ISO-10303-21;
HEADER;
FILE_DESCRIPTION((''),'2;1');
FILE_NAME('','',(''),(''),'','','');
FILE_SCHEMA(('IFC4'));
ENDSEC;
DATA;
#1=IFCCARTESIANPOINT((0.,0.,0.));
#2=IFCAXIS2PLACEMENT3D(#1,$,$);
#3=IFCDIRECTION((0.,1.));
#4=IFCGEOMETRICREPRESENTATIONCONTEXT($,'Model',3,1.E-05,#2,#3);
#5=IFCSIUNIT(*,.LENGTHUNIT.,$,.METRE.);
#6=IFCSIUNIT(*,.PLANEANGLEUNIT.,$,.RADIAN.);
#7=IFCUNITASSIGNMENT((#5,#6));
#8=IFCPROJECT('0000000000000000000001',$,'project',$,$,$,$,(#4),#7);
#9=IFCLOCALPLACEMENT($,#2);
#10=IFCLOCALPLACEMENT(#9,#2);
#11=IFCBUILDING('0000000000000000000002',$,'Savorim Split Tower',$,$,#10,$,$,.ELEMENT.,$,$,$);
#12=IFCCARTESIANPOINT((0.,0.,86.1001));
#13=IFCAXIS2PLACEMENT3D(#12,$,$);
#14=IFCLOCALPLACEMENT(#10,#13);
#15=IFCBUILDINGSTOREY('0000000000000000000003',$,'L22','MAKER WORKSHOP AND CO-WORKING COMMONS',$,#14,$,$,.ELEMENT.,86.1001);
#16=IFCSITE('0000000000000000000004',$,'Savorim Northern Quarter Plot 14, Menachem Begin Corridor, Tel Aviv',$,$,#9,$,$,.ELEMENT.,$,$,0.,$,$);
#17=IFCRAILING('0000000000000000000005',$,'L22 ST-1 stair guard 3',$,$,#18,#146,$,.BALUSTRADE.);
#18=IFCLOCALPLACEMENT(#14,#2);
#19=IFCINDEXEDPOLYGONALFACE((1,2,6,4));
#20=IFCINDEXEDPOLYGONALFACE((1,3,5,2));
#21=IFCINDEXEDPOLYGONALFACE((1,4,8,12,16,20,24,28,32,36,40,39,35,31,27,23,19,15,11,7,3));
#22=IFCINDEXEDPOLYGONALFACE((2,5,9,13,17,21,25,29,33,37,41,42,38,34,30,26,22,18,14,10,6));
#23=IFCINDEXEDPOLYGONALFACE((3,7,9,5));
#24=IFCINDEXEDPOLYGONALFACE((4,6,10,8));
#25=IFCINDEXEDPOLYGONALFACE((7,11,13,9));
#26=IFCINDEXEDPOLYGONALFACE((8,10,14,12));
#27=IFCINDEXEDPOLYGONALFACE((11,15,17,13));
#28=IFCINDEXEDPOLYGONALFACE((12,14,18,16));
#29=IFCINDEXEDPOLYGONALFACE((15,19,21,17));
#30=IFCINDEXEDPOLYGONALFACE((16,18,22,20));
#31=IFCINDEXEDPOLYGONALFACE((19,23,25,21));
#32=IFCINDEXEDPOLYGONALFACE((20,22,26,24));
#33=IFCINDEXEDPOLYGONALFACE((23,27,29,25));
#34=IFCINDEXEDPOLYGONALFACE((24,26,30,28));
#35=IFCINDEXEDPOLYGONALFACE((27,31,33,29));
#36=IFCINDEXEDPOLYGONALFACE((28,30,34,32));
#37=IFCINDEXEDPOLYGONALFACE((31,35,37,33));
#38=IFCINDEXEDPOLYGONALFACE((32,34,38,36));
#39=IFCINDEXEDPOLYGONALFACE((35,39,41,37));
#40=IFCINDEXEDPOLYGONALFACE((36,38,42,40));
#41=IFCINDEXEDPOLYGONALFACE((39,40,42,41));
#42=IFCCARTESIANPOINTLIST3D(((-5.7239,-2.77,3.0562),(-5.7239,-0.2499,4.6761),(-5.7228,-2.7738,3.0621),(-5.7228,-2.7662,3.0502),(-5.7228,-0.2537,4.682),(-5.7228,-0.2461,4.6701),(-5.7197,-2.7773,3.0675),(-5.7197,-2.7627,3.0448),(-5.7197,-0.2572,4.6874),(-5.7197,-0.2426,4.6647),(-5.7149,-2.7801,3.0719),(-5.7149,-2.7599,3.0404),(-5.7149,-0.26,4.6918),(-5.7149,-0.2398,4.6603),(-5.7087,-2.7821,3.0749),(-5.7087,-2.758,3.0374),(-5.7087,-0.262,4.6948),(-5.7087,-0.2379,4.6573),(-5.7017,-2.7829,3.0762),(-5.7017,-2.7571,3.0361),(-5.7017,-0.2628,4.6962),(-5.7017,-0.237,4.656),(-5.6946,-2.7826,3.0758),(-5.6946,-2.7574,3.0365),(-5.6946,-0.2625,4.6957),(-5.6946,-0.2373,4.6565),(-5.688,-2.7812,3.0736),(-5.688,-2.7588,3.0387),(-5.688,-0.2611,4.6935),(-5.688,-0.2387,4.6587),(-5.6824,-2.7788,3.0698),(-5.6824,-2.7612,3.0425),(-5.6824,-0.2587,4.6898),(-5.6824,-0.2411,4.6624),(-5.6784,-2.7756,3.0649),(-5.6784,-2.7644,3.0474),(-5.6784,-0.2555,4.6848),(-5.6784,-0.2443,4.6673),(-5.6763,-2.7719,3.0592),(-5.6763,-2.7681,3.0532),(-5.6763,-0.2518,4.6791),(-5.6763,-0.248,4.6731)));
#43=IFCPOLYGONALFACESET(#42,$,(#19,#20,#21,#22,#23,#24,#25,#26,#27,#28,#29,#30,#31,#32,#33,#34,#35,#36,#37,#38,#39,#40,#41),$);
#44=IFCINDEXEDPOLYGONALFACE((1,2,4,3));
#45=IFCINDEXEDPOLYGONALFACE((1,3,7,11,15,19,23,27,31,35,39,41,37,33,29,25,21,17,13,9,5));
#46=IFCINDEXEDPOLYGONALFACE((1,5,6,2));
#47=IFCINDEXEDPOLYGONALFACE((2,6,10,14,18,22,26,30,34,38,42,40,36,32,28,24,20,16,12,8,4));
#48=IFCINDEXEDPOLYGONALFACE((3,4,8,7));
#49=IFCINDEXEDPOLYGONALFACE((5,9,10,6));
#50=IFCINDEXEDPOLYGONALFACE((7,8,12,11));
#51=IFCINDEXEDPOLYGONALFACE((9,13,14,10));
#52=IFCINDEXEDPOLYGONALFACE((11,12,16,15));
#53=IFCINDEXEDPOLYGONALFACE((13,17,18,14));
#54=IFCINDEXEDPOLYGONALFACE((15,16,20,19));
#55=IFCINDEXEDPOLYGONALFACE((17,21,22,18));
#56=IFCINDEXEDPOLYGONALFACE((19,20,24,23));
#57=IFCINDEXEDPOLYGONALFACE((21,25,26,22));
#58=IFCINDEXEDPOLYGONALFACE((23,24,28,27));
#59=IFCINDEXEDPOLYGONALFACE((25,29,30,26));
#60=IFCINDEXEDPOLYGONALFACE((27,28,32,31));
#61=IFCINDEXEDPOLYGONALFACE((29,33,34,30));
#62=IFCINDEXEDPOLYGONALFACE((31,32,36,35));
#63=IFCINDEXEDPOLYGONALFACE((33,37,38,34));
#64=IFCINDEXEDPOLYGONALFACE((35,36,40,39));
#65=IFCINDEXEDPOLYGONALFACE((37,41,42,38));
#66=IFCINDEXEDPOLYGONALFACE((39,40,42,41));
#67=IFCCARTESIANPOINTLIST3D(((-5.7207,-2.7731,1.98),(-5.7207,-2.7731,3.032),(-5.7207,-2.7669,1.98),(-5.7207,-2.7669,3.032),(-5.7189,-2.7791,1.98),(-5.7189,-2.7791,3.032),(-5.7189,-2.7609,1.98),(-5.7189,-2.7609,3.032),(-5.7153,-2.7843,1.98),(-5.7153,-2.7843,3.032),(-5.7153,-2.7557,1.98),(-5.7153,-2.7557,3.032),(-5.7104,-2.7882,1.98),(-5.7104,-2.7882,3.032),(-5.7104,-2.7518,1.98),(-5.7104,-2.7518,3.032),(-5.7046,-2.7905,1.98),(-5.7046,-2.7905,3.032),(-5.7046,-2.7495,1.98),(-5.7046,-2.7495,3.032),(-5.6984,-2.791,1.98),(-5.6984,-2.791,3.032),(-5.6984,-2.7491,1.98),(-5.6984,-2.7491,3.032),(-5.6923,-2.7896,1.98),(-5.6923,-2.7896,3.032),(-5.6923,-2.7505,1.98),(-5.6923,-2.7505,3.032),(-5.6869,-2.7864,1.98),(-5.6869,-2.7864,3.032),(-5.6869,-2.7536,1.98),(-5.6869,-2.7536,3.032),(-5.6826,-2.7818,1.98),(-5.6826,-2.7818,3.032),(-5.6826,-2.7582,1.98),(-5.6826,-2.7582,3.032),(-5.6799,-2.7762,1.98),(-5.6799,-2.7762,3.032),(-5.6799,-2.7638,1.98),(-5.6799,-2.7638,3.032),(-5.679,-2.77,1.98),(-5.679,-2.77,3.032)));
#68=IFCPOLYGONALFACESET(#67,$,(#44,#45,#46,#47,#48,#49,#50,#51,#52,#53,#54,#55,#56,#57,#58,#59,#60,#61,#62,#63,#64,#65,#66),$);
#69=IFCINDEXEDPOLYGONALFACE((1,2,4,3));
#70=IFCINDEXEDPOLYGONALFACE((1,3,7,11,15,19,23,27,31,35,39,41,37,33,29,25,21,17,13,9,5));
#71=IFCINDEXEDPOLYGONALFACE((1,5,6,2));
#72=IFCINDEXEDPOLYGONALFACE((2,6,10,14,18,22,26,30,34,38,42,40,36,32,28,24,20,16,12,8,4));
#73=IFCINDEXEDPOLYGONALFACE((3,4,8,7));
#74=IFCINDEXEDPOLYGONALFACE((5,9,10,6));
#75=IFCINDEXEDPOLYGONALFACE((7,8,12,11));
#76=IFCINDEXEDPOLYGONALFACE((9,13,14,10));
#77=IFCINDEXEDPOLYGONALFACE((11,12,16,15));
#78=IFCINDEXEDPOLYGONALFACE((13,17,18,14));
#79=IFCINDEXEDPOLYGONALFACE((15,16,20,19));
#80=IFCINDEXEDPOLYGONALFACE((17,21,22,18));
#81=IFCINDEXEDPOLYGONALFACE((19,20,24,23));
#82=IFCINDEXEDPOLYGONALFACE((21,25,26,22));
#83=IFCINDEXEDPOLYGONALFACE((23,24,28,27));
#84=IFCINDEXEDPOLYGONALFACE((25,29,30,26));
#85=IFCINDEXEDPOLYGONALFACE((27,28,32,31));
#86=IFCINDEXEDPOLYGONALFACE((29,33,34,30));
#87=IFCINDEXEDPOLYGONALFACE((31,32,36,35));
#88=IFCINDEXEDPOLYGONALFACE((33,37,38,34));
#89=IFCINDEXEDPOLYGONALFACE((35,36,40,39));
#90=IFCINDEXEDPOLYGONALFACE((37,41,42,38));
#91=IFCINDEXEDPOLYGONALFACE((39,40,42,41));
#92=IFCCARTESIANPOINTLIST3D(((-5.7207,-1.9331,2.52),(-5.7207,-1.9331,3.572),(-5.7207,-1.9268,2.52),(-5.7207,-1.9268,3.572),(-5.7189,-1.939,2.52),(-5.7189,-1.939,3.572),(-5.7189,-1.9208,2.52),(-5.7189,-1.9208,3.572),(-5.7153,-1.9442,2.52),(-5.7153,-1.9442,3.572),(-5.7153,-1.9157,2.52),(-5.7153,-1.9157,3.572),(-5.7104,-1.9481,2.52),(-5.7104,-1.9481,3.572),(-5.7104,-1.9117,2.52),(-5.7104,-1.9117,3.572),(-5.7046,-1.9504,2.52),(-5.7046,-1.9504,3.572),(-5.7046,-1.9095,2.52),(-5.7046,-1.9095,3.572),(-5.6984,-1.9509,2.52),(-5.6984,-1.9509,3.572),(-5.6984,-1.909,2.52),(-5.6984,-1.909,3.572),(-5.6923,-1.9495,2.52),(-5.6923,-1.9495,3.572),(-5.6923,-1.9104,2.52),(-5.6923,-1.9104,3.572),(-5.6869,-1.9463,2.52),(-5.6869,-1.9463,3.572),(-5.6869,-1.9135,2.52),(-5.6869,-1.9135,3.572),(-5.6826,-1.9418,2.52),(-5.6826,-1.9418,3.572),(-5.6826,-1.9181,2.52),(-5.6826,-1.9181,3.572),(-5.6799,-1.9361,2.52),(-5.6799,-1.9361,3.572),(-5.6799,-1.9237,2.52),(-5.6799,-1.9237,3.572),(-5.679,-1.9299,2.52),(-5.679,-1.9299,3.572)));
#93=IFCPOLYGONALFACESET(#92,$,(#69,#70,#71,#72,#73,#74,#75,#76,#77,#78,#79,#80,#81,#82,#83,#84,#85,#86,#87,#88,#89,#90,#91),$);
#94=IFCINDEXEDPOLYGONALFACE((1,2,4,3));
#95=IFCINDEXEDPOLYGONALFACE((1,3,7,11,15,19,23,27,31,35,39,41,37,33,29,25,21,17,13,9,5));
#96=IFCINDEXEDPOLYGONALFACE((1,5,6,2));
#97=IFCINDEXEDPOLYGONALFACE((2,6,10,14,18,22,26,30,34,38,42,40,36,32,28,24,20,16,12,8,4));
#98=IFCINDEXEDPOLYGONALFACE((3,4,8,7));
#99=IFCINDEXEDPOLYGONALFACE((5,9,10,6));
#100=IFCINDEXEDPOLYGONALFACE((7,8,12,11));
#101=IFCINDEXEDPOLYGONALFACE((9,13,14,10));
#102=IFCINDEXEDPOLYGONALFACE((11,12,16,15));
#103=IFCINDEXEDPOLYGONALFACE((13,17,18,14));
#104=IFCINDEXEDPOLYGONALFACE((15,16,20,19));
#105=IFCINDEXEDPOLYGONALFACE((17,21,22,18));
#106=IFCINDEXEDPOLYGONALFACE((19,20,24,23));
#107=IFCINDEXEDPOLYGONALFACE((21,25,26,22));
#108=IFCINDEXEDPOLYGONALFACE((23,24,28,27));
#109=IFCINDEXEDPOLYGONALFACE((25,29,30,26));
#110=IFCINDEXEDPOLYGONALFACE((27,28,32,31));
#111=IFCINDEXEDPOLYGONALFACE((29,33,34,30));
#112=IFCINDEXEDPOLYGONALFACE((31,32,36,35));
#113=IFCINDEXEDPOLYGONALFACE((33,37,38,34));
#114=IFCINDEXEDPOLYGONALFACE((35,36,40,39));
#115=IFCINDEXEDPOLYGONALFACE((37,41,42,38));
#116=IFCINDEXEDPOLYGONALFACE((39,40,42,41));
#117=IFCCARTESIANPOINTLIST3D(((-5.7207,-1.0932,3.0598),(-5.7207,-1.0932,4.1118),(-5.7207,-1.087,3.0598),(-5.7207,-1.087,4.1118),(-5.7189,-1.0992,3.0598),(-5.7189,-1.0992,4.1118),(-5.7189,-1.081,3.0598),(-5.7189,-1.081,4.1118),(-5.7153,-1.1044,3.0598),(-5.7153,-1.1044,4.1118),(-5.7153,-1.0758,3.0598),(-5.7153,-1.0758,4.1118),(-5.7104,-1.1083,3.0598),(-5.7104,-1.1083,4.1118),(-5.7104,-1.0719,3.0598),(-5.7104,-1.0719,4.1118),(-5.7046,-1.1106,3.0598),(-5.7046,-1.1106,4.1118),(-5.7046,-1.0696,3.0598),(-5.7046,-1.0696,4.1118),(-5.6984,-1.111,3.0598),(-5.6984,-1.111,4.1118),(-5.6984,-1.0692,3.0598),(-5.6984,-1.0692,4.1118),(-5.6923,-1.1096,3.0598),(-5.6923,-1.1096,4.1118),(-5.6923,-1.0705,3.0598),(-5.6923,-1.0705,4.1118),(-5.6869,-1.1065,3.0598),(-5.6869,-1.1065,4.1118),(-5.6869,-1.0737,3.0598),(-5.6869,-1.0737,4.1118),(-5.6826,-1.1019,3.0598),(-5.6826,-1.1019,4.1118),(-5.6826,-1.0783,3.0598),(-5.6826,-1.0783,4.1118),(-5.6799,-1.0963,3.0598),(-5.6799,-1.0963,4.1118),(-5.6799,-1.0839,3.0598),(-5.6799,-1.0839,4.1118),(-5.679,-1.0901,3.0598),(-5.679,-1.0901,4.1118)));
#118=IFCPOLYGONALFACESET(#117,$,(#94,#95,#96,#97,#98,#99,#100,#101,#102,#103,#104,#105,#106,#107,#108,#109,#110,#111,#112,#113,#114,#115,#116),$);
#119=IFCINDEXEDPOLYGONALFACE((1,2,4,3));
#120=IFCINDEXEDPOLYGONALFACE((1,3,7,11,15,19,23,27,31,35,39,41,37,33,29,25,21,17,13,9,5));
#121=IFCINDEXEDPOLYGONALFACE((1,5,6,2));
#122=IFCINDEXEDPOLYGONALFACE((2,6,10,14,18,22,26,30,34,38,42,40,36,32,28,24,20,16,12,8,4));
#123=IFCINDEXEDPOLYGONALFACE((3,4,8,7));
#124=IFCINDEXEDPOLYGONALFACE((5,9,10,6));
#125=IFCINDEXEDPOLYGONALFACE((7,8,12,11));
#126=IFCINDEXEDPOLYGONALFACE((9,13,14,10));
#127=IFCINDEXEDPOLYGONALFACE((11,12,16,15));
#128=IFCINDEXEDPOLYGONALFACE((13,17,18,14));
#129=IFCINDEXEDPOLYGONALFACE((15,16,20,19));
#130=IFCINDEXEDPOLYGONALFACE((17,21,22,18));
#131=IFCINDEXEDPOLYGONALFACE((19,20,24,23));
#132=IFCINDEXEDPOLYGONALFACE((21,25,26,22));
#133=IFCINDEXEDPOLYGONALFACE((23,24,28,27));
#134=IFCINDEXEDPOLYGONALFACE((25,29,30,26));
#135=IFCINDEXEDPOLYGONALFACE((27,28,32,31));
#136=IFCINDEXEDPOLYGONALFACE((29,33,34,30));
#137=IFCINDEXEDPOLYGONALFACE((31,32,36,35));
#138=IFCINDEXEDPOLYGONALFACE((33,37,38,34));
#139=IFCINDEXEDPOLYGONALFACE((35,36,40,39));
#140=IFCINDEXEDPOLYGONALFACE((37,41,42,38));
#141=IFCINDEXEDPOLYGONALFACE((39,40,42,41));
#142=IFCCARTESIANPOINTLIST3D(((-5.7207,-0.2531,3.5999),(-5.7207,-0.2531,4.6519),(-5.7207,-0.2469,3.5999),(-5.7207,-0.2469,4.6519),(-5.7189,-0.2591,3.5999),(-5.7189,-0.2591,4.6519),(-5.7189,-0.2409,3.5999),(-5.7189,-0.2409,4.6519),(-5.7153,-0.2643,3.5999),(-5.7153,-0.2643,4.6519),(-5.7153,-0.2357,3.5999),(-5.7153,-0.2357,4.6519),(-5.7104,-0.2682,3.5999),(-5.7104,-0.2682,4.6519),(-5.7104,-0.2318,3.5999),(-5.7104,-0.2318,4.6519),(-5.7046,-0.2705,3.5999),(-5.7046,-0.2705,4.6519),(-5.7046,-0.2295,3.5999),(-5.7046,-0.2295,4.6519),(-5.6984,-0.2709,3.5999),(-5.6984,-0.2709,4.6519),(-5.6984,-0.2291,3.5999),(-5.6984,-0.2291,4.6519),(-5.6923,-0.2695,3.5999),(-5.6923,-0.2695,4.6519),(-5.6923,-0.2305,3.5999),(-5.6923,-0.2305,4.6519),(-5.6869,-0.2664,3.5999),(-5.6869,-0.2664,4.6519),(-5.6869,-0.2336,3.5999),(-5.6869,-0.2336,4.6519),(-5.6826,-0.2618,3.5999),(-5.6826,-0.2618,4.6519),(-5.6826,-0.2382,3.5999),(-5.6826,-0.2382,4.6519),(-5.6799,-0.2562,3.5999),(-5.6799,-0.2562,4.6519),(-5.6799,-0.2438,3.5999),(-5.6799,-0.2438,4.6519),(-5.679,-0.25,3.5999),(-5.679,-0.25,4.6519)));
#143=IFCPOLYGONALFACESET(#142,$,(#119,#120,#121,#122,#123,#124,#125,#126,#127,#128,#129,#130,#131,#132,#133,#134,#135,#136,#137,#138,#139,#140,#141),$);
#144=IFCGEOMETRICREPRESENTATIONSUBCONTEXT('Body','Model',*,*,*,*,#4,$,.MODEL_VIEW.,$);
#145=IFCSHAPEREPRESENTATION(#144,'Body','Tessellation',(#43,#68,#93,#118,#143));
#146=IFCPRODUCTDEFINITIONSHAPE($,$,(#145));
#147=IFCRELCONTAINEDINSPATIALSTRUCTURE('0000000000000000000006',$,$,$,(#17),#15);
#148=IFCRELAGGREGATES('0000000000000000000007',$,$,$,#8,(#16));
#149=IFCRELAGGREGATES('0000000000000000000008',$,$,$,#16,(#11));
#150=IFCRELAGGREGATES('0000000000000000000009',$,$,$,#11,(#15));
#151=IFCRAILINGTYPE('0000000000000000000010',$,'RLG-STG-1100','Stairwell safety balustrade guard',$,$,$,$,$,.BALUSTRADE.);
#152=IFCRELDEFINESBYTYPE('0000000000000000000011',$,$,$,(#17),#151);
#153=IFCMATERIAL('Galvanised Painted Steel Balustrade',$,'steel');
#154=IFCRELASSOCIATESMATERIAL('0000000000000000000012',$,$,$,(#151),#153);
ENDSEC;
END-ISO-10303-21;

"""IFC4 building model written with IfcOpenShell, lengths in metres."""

from ifc_helpers import new_model, si_unit, direction, frame, origin, origin_2d, place, context, subcontext, project, spatial, circle, extrude, material, type_object, element, save


model = new_model("IFC4")

# Units and contexts
model_context = context("Model", 3, precision=1e-05, world=origin(), true_north=direction((0.0, 1.0)))
body_context = subcontext(model_context, "Body", "Model", "MODEL_VIEW")
ifc_project = project(units=[si_unit("LENGTHUNIT", "METRE"), si_unit("PLANEANGLEUNIT", "RADIAN")], contexts=[model_context])

# Site, building, storey
site_placement = place(None, origin())
site = spatial("IfcSite", under=ifc_project, at=site_placement, Name="Savorim Northern Quarter Plot 14, Menachem Begin Corridor, Tel Aviv", CompositionType="ELEMENT", RefElevation=0.0)
building_placement = place(site_placement, origin())
building = spatial("IfcBuilding", under=site, at=building_placement, Name="Savorim Split Tower", CompositionType="ELEMENT")
storey_placement = place(building_placement, frame((0.0, 0.0, 86.1001)))
storey = spatial("IfcBuildingStorey", under=building, at=storey_placement, Name="L22", Description="MAKER WORKSHOP AND CO-WORKING COMMONS", CompositionType="ELEMENT", Elevation=86.1001)

# Railing
ifc_material_1 = material(Name="Galvanised Painted Steel Balustrade", Category="steel")
railing_type_1 = type_object("IfcRailingType", Name="RLG-STG-1100", Description="Stairwell safety balustrade guard", PredefinedType="BALUSTRADE", material=ifc_material_1)
railing_1_placement = place(storey_placement, frame((-5.7, -2.77, 1.98)))
element("IfcRailing", 1, at=railing_1_placement, inside=storey, type_object=railing_type_1, Name="L22 ST-1 stair guard 3", PredefinedType="BALUSTRADE", context=body_context, shape_type="SweptSolid", body=[
    extrude(circle(Radius=0.0239, at=origin_2d()), frame((0.0, 0.0, 1.0762), z_axis=(0.0, 0.8412, 0.540725), x_axis=(-1.0, 0.0, 0.0)), (0.0, 0.0, 1.0), 2.9958),
    extrude(circle(Radius=0.021, at=origin_2d()), origin(), (0.0, 0.0, 1.0), 1.052),
    extrude(circle(Radius=0.021, at=origin_2d()), frame((0.0, 0.8401, 0.54)), (0.0, 0.0, 1.0), 1.052),
    extrude(circle(Radius=0.021, at=origin_2d()), frame((0.0, 1.6799, 1.0798)), (0.0, 0.0, 1.0), 1.052),
    extrude(circle(Radius=0.021, at=origin_2d()), frame((0.0, 2.52, 1.6199)), (0.0, 0.0, 1.0), 1.052),
])

save(model, "model.ifc")
